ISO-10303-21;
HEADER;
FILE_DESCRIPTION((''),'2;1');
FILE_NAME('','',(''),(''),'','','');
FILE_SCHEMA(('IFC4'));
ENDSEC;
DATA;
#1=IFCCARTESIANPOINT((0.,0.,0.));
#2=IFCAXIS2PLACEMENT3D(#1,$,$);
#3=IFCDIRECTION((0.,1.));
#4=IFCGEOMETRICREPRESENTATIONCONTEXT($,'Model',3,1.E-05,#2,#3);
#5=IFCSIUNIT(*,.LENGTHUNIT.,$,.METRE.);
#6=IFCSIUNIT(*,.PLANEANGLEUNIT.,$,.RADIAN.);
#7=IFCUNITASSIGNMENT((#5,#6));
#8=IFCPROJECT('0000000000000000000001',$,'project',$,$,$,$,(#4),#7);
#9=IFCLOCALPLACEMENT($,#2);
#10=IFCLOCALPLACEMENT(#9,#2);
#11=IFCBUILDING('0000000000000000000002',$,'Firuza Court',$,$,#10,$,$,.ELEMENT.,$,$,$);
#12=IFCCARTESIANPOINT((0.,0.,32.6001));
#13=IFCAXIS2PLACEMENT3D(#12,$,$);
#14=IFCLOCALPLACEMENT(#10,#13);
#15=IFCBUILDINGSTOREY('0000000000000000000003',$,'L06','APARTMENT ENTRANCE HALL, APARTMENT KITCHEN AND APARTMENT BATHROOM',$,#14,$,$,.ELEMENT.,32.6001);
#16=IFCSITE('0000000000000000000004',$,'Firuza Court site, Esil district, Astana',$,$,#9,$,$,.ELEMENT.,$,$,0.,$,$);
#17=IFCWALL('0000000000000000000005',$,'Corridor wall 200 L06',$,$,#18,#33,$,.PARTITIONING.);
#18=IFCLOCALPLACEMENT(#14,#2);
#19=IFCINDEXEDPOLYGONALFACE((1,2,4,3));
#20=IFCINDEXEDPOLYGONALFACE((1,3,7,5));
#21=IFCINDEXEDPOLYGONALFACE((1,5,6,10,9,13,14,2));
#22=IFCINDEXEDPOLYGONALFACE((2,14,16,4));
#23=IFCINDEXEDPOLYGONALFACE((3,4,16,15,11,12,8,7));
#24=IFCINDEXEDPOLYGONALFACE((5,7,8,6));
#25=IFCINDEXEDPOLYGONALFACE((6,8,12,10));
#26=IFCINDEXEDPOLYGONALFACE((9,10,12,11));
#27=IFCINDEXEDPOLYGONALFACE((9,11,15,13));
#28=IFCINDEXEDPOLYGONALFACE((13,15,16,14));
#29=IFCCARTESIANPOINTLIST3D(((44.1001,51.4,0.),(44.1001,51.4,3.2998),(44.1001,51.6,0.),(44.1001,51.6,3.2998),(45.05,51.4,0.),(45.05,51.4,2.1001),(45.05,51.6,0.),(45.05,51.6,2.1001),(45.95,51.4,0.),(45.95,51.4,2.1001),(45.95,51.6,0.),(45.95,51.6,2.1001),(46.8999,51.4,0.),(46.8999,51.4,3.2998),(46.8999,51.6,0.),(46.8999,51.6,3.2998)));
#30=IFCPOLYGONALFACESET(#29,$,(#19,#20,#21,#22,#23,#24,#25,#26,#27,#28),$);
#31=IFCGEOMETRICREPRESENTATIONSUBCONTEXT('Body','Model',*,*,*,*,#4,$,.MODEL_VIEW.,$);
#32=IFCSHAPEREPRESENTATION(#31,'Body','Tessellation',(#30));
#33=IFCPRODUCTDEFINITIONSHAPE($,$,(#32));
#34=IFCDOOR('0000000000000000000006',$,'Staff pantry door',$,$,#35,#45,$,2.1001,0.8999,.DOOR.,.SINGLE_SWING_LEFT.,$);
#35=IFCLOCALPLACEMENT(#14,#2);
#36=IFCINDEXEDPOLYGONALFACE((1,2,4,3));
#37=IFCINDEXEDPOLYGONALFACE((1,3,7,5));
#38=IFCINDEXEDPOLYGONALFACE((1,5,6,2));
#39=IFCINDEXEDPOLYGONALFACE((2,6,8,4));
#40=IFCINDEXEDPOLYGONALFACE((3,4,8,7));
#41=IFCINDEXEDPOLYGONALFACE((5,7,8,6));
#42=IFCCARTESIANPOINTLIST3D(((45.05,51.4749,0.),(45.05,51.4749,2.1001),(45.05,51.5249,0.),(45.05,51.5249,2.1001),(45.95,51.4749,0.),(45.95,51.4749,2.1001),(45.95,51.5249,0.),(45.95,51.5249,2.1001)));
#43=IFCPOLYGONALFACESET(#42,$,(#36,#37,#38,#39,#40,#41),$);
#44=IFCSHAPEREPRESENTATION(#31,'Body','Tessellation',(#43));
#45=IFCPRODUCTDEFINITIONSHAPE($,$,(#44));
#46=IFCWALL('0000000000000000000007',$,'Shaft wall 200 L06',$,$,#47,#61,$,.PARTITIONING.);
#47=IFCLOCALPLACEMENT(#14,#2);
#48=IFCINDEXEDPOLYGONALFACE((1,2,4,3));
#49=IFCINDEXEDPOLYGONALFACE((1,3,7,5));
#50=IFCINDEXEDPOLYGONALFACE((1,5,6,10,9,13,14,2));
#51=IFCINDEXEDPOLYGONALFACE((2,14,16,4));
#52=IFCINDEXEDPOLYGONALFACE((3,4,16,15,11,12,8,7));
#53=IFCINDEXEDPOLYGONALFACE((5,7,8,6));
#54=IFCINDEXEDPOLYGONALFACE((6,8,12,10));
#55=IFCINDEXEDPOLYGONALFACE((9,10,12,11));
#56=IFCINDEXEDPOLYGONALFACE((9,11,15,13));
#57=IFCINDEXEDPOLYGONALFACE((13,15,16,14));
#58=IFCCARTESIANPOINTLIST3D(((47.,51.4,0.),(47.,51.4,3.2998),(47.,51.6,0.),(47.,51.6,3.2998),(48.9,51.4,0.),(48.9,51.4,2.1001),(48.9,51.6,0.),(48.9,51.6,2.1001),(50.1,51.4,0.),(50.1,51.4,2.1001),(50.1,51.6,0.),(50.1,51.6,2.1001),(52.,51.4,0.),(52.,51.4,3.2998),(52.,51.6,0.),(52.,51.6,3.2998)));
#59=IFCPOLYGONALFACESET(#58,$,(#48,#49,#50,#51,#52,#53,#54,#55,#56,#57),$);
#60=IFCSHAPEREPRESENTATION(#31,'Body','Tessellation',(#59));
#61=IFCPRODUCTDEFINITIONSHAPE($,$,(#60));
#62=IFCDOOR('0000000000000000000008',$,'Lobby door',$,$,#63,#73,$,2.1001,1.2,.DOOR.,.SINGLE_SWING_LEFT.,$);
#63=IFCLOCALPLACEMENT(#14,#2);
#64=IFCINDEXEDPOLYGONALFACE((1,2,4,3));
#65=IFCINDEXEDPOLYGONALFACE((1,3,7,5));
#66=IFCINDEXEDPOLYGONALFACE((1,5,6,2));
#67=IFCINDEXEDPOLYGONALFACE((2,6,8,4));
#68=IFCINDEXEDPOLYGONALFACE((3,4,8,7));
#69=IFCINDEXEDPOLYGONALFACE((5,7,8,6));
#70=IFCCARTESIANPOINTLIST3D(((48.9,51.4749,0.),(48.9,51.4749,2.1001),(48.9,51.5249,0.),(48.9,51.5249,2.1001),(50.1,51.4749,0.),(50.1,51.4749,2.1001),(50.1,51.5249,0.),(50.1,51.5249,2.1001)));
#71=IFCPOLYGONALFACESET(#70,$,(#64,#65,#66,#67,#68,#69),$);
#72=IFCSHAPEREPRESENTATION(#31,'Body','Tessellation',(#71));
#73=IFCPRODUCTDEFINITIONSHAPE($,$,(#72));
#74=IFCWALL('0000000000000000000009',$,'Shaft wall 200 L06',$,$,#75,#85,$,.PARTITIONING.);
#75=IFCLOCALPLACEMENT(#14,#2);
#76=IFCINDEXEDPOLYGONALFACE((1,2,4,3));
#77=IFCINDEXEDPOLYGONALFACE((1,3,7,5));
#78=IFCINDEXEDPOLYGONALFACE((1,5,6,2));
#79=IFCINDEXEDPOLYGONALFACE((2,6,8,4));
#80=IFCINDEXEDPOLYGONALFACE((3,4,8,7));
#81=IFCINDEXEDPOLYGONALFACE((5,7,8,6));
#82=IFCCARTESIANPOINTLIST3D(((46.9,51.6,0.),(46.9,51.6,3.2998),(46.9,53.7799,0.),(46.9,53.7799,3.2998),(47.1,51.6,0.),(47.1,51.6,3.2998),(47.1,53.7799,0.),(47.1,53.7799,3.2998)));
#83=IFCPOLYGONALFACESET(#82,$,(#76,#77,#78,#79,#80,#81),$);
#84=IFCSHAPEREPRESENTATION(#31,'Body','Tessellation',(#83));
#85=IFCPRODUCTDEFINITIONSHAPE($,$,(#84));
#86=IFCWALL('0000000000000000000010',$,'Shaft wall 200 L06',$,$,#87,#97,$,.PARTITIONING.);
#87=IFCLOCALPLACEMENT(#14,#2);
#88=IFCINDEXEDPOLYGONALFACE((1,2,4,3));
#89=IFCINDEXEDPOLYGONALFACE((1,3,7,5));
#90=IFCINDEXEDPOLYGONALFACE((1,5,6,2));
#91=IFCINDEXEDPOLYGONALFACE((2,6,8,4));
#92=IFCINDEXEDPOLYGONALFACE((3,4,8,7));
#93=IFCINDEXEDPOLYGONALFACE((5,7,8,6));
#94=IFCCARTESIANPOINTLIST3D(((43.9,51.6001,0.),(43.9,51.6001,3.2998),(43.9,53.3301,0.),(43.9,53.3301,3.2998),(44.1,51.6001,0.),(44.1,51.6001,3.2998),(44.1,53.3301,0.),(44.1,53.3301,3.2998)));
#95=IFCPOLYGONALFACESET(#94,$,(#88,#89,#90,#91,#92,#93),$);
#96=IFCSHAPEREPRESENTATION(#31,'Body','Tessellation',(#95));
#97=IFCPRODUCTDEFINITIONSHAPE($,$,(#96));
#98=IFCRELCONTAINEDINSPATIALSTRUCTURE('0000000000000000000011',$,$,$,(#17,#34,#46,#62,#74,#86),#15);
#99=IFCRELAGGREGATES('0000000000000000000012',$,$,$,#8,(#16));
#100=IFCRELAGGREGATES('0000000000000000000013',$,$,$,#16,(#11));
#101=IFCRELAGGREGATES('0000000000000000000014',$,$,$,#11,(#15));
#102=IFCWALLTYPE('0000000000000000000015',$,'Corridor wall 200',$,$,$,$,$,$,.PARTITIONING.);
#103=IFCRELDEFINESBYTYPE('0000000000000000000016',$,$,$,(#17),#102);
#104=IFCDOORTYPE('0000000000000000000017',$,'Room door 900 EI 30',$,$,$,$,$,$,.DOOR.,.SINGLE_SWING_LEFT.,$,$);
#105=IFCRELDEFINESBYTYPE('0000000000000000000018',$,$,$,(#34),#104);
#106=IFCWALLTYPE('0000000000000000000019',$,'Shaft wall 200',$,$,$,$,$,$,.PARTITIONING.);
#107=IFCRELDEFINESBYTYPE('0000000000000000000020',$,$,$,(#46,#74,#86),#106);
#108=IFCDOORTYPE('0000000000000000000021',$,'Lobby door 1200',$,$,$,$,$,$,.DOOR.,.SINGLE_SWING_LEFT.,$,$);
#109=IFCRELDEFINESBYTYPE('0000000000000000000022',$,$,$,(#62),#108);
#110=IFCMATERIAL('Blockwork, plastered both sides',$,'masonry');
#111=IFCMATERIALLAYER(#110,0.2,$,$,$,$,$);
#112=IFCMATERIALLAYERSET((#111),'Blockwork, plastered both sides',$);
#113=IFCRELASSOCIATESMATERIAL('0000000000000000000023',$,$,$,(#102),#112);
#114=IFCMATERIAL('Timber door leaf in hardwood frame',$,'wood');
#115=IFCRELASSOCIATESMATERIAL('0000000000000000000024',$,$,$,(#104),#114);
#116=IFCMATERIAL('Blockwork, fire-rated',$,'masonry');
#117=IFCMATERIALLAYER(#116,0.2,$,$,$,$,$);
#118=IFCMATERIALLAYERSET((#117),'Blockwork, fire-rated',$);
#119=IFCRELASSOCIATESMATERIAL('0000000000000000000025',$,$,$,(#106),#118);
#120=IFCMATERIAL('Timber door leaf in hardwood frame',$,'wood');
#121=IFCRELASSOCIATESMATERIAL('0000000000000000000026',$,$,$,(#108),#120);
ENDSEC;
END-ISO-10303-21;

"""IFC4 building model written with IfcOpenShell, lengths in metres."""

from ifc_helpers import new_model, si_unit, direction, frame, frame_2d, origin, place, context, subcontext, project, spatial, rectangle, extrude, material, layer, layer_set, type_object, element, fill, save


model = new_model("IFC4")

# Units and contexts
model_context = context("Model", 3, precision=1e-05, world=origin(), true_north=direction((0.0, 1.0)))
body_context = subcontext(model_context, "Body", "Model", "MODEL_VIEW")
ifc_project = project(units=[si_unit("LENGTHUNIT", "METRE"), si_unit("PLANEANGLEUNIT", "RADIAN")], contexts=[model_context])

# Site, building, storey
site_placement = place(None, origin())
site = spatial("IfcSite", under=ifc_project, at=site_placement, Name="Firuza Court site, Esil district, Astana", CompositionType="ELEMENT", RefElevation=0.0)
building_placement = place(site_placement, origin())
building = spatial("IfcBuilding", under=site, at=building_placement, Name="Firuza Court", CompositionType="ELEMENT")
storey_placement = place(building_placement, frame((0.0, 0.0, 32.6001)))
storey = spatial("IfcBuildingStorey", under=building, at=storey_placement, Name="L06", Description="APARTMENT ENTRANCE HALL, APARTMENT KITCHEN AND APARTMENT BATHROOM", CompositionType="ELEMENT", Elevation=32.6001)

# Walls, openings, doors
ifc_material_1 = material(Name="Blockwork, plastered both sides", Category="masonry")
ifc_layer_1 = layer(ifc_material_1, 0.2)
ifc_layer_set_1 = layer_set([ifc_layer_1], Name="Blockwork, plastered both sides")
wall_type_1 = type_object("IfcWallType", Name="Corridor wall 200", PredefinedType="PARTITIONING", material=ifc_layer_set_1)
wall_1_placement = place(storey_placement, frame((44.1001, 51.5, 0.0), z_axis=(0.0, 0.0, 1.0), x_axis=(1.0, 0.0, 0.0)))
wall_1 = element("IfcWall", 1, at=wall_1_placement, inside=storey, type_object=wall_type_1, Name="Corridor wall 200 L06", PredefinedType="PARTITIONING", context=body_context, shape_type="SweptSolid", body=[
    extrude(rectangle(XDim=2.7998, YDim=0.2, at=frame_2d((1.3999, 0.0))), origin(), (0.0, 0.0, 1.0), 3.2998),
])
opening_1_placement = place(wall_1_placement, frame((0.95, 0.0, 0.0)))
opening_1 = element("IfcOpeningElement", 2, at=opening_1_placement, cuts=wall_1, PredefinedType="OPENING", context=body_context, shape_type="SweptSolid", body=[
    extrude(rectangle(XDim=0.8999, YDim=2.1001, at=frame_2d((0.45, 1.05))), frame((0.0, 0.1118, 0.0), z_axis=(0.0, -1.0, 0.0), x_axis=(1.0, 0.0, 0.0)), (0.0, 0.0, 1.0), 0.2239),
])
ifc_material_2 = material(Name="Timber door leaf in hardwood frame", Category="wood")
door_type_1 = type_object("IfcDoorType", Name="Room door 900 EI 30", OperationType="SINGLE_SWING_LEFT", PredefinedType="DOOR", material=ifc_material_2)
door_1_placement = place(opening_1_placement, origin())
door_1 = element("IfcDoor", 3, at=door_1_placement, inside=storey, type_object=door_type_1, Name="Staff pantry door", OperationType="SINGLE_SWING_LEFT", OverallHeight=2.1001, OverallWidth=0.8999, PredefinedType="DOOR", context=body_context, shape_type="SweptSolid", body=[
    extrude(rectangle(XDim=0.8999, YDim=2.1001, at=frame_2d((0.45, 1.05))), frame((0.0, 0.0249, 0.0), z_axis=(0.0, -1.0, 0.0), x_axis=(1.0, 0.0, 0.0)), (0.0, 0.0, 1.0), 0.05),
])
fill(opening_1, door_1)
ifc_material_3 = material(Name="Blockwork, fire-rated", Category="masonry")
ifc_layer_2 = layer(ifc_material_3, 0.2)
ifc_layer_set_2 = layer_set([ifc_layer_2], Name="Blockwork, fire-rated")
wall_type_2 = type_object("IfcWallType", Name="Shaft wall 200", PredefinedType="PARTITIONING", material=ifc_layer_set_2)
wall_2_placement = place(storey_placement, frame((47.0, 51.5, 0.0), z_axis=(0.0, 0.0, 1.0), x_axis=(1.0, 0.0, 0.0)))
wall_2 = element("IfcWall", 4, at=wall_2_placement, inside=storey, type_object=wall_type_2, Name="Shaft wall 200 L06", PredefinedType="PARTITIONING", context=body_context, shape_type="SweptSolid", body=[
    extrude(rectangle(XDim=5.0, YDim=0.2, at=frame_2d((2.5, 0.0))), origin(), (0.0, 0.0, 1.0), 3.2998),
])
opening_2_placement = place(wall_2_placement, frame((1.8999, 0.0, 0.0)))
opening_2 = element("IfcOpeningElement", 5, at=opening_2_placement, cuts=wall_2, PredefinedType="OPENING", context=body_context, shape_type="SweptSolid", body=[
    extrude(rectangle(XDim=1.2, YDim=2.1001, at=frame_2d((0.6001, 1.05))), frame((0.0, 0.1118, 0.0), z_axis=(0.0, -1.0, 0.0), x_axis=(1.0, 0.0, 0.0)), (0.0, 0.0, 1.0), 0.2239),
])
ifc_material_4 = material(Name="Timber door leaf in hardwood frame", Category="wood")
door_type_2 = type_object("IfcDoorType", Name="Lobby door 1200", OperationType="SINGLE_SWING_LEFT", PredefinedType="DOOR", material=ifc_material_4)
door_2_placement = place(opening_2_placement, origin())
door_2 = element("IfcDoor", 6, at=door_2_placement, inside=storey, type_object=door_type_2, Name="Lobby door", OperationType="SINGLE_SWING_LEFT", OverallHeight=2.1001, OverallWidth=1.2, PredefinedType="DOOR", context=body_context, shape_type="SweptSolid", body=[
    extrude(rectangle(XDim=1.2, YDim=2.1001, at=frame_2d((0.6001, 1.05))), frame((0.0, 0.0249, 0.0), z_axis=(0.0, -1.0, 0.0), x_axis=(1.0, 0.0, 0.0)), (0.0, 0.0, 1.0), 0.05),
])
fill(opening_2, door_2)

# Walls
wall_3_placement = place(storey_placement, frame((47.0, 51.6001, 0.0), z_axis=(0.0, 0.0, 1.0), x_axis=(0.0, 1.0, 0.0)))
element("IfcWall", 7, at=wall_3_placement, inside=storey, type_object=wall_type_2, Name="Shaft wall 200 L06", PredefinedType="PARTITIONING", context=body_context, shape_type="SweptSolid", body=[
    extrude(rectangle(XDim=2.1799, YDim=0.2, at=frame_2d((1.0898, 0.0))), origin(), (0.0, 0.0, 1.0), 3.2998),
])
wall_4_placement = place(storey_placement, frame((44.0, 51.6001, 0.0), z_axis=(0.0, 0.0, 1.0), x_axis=(0.0, 1.0, 0.0)))
element("IfcWall", 8, at=wall_4_placement, inside=storey, type_object=wall_type_2, Name="Shaft wall 200 L06", PredefinedType="PARTITIONING", context=body_context, shape_type="SweptSolid", body=[
    extrude(rectangle(XDim=1.73, YDim=0.2, at=frame_2d((0.865, 0.0))), origin(), (0.0, 0.0, 1.0), 3.2998),
])

save(model, "model.ifc")
